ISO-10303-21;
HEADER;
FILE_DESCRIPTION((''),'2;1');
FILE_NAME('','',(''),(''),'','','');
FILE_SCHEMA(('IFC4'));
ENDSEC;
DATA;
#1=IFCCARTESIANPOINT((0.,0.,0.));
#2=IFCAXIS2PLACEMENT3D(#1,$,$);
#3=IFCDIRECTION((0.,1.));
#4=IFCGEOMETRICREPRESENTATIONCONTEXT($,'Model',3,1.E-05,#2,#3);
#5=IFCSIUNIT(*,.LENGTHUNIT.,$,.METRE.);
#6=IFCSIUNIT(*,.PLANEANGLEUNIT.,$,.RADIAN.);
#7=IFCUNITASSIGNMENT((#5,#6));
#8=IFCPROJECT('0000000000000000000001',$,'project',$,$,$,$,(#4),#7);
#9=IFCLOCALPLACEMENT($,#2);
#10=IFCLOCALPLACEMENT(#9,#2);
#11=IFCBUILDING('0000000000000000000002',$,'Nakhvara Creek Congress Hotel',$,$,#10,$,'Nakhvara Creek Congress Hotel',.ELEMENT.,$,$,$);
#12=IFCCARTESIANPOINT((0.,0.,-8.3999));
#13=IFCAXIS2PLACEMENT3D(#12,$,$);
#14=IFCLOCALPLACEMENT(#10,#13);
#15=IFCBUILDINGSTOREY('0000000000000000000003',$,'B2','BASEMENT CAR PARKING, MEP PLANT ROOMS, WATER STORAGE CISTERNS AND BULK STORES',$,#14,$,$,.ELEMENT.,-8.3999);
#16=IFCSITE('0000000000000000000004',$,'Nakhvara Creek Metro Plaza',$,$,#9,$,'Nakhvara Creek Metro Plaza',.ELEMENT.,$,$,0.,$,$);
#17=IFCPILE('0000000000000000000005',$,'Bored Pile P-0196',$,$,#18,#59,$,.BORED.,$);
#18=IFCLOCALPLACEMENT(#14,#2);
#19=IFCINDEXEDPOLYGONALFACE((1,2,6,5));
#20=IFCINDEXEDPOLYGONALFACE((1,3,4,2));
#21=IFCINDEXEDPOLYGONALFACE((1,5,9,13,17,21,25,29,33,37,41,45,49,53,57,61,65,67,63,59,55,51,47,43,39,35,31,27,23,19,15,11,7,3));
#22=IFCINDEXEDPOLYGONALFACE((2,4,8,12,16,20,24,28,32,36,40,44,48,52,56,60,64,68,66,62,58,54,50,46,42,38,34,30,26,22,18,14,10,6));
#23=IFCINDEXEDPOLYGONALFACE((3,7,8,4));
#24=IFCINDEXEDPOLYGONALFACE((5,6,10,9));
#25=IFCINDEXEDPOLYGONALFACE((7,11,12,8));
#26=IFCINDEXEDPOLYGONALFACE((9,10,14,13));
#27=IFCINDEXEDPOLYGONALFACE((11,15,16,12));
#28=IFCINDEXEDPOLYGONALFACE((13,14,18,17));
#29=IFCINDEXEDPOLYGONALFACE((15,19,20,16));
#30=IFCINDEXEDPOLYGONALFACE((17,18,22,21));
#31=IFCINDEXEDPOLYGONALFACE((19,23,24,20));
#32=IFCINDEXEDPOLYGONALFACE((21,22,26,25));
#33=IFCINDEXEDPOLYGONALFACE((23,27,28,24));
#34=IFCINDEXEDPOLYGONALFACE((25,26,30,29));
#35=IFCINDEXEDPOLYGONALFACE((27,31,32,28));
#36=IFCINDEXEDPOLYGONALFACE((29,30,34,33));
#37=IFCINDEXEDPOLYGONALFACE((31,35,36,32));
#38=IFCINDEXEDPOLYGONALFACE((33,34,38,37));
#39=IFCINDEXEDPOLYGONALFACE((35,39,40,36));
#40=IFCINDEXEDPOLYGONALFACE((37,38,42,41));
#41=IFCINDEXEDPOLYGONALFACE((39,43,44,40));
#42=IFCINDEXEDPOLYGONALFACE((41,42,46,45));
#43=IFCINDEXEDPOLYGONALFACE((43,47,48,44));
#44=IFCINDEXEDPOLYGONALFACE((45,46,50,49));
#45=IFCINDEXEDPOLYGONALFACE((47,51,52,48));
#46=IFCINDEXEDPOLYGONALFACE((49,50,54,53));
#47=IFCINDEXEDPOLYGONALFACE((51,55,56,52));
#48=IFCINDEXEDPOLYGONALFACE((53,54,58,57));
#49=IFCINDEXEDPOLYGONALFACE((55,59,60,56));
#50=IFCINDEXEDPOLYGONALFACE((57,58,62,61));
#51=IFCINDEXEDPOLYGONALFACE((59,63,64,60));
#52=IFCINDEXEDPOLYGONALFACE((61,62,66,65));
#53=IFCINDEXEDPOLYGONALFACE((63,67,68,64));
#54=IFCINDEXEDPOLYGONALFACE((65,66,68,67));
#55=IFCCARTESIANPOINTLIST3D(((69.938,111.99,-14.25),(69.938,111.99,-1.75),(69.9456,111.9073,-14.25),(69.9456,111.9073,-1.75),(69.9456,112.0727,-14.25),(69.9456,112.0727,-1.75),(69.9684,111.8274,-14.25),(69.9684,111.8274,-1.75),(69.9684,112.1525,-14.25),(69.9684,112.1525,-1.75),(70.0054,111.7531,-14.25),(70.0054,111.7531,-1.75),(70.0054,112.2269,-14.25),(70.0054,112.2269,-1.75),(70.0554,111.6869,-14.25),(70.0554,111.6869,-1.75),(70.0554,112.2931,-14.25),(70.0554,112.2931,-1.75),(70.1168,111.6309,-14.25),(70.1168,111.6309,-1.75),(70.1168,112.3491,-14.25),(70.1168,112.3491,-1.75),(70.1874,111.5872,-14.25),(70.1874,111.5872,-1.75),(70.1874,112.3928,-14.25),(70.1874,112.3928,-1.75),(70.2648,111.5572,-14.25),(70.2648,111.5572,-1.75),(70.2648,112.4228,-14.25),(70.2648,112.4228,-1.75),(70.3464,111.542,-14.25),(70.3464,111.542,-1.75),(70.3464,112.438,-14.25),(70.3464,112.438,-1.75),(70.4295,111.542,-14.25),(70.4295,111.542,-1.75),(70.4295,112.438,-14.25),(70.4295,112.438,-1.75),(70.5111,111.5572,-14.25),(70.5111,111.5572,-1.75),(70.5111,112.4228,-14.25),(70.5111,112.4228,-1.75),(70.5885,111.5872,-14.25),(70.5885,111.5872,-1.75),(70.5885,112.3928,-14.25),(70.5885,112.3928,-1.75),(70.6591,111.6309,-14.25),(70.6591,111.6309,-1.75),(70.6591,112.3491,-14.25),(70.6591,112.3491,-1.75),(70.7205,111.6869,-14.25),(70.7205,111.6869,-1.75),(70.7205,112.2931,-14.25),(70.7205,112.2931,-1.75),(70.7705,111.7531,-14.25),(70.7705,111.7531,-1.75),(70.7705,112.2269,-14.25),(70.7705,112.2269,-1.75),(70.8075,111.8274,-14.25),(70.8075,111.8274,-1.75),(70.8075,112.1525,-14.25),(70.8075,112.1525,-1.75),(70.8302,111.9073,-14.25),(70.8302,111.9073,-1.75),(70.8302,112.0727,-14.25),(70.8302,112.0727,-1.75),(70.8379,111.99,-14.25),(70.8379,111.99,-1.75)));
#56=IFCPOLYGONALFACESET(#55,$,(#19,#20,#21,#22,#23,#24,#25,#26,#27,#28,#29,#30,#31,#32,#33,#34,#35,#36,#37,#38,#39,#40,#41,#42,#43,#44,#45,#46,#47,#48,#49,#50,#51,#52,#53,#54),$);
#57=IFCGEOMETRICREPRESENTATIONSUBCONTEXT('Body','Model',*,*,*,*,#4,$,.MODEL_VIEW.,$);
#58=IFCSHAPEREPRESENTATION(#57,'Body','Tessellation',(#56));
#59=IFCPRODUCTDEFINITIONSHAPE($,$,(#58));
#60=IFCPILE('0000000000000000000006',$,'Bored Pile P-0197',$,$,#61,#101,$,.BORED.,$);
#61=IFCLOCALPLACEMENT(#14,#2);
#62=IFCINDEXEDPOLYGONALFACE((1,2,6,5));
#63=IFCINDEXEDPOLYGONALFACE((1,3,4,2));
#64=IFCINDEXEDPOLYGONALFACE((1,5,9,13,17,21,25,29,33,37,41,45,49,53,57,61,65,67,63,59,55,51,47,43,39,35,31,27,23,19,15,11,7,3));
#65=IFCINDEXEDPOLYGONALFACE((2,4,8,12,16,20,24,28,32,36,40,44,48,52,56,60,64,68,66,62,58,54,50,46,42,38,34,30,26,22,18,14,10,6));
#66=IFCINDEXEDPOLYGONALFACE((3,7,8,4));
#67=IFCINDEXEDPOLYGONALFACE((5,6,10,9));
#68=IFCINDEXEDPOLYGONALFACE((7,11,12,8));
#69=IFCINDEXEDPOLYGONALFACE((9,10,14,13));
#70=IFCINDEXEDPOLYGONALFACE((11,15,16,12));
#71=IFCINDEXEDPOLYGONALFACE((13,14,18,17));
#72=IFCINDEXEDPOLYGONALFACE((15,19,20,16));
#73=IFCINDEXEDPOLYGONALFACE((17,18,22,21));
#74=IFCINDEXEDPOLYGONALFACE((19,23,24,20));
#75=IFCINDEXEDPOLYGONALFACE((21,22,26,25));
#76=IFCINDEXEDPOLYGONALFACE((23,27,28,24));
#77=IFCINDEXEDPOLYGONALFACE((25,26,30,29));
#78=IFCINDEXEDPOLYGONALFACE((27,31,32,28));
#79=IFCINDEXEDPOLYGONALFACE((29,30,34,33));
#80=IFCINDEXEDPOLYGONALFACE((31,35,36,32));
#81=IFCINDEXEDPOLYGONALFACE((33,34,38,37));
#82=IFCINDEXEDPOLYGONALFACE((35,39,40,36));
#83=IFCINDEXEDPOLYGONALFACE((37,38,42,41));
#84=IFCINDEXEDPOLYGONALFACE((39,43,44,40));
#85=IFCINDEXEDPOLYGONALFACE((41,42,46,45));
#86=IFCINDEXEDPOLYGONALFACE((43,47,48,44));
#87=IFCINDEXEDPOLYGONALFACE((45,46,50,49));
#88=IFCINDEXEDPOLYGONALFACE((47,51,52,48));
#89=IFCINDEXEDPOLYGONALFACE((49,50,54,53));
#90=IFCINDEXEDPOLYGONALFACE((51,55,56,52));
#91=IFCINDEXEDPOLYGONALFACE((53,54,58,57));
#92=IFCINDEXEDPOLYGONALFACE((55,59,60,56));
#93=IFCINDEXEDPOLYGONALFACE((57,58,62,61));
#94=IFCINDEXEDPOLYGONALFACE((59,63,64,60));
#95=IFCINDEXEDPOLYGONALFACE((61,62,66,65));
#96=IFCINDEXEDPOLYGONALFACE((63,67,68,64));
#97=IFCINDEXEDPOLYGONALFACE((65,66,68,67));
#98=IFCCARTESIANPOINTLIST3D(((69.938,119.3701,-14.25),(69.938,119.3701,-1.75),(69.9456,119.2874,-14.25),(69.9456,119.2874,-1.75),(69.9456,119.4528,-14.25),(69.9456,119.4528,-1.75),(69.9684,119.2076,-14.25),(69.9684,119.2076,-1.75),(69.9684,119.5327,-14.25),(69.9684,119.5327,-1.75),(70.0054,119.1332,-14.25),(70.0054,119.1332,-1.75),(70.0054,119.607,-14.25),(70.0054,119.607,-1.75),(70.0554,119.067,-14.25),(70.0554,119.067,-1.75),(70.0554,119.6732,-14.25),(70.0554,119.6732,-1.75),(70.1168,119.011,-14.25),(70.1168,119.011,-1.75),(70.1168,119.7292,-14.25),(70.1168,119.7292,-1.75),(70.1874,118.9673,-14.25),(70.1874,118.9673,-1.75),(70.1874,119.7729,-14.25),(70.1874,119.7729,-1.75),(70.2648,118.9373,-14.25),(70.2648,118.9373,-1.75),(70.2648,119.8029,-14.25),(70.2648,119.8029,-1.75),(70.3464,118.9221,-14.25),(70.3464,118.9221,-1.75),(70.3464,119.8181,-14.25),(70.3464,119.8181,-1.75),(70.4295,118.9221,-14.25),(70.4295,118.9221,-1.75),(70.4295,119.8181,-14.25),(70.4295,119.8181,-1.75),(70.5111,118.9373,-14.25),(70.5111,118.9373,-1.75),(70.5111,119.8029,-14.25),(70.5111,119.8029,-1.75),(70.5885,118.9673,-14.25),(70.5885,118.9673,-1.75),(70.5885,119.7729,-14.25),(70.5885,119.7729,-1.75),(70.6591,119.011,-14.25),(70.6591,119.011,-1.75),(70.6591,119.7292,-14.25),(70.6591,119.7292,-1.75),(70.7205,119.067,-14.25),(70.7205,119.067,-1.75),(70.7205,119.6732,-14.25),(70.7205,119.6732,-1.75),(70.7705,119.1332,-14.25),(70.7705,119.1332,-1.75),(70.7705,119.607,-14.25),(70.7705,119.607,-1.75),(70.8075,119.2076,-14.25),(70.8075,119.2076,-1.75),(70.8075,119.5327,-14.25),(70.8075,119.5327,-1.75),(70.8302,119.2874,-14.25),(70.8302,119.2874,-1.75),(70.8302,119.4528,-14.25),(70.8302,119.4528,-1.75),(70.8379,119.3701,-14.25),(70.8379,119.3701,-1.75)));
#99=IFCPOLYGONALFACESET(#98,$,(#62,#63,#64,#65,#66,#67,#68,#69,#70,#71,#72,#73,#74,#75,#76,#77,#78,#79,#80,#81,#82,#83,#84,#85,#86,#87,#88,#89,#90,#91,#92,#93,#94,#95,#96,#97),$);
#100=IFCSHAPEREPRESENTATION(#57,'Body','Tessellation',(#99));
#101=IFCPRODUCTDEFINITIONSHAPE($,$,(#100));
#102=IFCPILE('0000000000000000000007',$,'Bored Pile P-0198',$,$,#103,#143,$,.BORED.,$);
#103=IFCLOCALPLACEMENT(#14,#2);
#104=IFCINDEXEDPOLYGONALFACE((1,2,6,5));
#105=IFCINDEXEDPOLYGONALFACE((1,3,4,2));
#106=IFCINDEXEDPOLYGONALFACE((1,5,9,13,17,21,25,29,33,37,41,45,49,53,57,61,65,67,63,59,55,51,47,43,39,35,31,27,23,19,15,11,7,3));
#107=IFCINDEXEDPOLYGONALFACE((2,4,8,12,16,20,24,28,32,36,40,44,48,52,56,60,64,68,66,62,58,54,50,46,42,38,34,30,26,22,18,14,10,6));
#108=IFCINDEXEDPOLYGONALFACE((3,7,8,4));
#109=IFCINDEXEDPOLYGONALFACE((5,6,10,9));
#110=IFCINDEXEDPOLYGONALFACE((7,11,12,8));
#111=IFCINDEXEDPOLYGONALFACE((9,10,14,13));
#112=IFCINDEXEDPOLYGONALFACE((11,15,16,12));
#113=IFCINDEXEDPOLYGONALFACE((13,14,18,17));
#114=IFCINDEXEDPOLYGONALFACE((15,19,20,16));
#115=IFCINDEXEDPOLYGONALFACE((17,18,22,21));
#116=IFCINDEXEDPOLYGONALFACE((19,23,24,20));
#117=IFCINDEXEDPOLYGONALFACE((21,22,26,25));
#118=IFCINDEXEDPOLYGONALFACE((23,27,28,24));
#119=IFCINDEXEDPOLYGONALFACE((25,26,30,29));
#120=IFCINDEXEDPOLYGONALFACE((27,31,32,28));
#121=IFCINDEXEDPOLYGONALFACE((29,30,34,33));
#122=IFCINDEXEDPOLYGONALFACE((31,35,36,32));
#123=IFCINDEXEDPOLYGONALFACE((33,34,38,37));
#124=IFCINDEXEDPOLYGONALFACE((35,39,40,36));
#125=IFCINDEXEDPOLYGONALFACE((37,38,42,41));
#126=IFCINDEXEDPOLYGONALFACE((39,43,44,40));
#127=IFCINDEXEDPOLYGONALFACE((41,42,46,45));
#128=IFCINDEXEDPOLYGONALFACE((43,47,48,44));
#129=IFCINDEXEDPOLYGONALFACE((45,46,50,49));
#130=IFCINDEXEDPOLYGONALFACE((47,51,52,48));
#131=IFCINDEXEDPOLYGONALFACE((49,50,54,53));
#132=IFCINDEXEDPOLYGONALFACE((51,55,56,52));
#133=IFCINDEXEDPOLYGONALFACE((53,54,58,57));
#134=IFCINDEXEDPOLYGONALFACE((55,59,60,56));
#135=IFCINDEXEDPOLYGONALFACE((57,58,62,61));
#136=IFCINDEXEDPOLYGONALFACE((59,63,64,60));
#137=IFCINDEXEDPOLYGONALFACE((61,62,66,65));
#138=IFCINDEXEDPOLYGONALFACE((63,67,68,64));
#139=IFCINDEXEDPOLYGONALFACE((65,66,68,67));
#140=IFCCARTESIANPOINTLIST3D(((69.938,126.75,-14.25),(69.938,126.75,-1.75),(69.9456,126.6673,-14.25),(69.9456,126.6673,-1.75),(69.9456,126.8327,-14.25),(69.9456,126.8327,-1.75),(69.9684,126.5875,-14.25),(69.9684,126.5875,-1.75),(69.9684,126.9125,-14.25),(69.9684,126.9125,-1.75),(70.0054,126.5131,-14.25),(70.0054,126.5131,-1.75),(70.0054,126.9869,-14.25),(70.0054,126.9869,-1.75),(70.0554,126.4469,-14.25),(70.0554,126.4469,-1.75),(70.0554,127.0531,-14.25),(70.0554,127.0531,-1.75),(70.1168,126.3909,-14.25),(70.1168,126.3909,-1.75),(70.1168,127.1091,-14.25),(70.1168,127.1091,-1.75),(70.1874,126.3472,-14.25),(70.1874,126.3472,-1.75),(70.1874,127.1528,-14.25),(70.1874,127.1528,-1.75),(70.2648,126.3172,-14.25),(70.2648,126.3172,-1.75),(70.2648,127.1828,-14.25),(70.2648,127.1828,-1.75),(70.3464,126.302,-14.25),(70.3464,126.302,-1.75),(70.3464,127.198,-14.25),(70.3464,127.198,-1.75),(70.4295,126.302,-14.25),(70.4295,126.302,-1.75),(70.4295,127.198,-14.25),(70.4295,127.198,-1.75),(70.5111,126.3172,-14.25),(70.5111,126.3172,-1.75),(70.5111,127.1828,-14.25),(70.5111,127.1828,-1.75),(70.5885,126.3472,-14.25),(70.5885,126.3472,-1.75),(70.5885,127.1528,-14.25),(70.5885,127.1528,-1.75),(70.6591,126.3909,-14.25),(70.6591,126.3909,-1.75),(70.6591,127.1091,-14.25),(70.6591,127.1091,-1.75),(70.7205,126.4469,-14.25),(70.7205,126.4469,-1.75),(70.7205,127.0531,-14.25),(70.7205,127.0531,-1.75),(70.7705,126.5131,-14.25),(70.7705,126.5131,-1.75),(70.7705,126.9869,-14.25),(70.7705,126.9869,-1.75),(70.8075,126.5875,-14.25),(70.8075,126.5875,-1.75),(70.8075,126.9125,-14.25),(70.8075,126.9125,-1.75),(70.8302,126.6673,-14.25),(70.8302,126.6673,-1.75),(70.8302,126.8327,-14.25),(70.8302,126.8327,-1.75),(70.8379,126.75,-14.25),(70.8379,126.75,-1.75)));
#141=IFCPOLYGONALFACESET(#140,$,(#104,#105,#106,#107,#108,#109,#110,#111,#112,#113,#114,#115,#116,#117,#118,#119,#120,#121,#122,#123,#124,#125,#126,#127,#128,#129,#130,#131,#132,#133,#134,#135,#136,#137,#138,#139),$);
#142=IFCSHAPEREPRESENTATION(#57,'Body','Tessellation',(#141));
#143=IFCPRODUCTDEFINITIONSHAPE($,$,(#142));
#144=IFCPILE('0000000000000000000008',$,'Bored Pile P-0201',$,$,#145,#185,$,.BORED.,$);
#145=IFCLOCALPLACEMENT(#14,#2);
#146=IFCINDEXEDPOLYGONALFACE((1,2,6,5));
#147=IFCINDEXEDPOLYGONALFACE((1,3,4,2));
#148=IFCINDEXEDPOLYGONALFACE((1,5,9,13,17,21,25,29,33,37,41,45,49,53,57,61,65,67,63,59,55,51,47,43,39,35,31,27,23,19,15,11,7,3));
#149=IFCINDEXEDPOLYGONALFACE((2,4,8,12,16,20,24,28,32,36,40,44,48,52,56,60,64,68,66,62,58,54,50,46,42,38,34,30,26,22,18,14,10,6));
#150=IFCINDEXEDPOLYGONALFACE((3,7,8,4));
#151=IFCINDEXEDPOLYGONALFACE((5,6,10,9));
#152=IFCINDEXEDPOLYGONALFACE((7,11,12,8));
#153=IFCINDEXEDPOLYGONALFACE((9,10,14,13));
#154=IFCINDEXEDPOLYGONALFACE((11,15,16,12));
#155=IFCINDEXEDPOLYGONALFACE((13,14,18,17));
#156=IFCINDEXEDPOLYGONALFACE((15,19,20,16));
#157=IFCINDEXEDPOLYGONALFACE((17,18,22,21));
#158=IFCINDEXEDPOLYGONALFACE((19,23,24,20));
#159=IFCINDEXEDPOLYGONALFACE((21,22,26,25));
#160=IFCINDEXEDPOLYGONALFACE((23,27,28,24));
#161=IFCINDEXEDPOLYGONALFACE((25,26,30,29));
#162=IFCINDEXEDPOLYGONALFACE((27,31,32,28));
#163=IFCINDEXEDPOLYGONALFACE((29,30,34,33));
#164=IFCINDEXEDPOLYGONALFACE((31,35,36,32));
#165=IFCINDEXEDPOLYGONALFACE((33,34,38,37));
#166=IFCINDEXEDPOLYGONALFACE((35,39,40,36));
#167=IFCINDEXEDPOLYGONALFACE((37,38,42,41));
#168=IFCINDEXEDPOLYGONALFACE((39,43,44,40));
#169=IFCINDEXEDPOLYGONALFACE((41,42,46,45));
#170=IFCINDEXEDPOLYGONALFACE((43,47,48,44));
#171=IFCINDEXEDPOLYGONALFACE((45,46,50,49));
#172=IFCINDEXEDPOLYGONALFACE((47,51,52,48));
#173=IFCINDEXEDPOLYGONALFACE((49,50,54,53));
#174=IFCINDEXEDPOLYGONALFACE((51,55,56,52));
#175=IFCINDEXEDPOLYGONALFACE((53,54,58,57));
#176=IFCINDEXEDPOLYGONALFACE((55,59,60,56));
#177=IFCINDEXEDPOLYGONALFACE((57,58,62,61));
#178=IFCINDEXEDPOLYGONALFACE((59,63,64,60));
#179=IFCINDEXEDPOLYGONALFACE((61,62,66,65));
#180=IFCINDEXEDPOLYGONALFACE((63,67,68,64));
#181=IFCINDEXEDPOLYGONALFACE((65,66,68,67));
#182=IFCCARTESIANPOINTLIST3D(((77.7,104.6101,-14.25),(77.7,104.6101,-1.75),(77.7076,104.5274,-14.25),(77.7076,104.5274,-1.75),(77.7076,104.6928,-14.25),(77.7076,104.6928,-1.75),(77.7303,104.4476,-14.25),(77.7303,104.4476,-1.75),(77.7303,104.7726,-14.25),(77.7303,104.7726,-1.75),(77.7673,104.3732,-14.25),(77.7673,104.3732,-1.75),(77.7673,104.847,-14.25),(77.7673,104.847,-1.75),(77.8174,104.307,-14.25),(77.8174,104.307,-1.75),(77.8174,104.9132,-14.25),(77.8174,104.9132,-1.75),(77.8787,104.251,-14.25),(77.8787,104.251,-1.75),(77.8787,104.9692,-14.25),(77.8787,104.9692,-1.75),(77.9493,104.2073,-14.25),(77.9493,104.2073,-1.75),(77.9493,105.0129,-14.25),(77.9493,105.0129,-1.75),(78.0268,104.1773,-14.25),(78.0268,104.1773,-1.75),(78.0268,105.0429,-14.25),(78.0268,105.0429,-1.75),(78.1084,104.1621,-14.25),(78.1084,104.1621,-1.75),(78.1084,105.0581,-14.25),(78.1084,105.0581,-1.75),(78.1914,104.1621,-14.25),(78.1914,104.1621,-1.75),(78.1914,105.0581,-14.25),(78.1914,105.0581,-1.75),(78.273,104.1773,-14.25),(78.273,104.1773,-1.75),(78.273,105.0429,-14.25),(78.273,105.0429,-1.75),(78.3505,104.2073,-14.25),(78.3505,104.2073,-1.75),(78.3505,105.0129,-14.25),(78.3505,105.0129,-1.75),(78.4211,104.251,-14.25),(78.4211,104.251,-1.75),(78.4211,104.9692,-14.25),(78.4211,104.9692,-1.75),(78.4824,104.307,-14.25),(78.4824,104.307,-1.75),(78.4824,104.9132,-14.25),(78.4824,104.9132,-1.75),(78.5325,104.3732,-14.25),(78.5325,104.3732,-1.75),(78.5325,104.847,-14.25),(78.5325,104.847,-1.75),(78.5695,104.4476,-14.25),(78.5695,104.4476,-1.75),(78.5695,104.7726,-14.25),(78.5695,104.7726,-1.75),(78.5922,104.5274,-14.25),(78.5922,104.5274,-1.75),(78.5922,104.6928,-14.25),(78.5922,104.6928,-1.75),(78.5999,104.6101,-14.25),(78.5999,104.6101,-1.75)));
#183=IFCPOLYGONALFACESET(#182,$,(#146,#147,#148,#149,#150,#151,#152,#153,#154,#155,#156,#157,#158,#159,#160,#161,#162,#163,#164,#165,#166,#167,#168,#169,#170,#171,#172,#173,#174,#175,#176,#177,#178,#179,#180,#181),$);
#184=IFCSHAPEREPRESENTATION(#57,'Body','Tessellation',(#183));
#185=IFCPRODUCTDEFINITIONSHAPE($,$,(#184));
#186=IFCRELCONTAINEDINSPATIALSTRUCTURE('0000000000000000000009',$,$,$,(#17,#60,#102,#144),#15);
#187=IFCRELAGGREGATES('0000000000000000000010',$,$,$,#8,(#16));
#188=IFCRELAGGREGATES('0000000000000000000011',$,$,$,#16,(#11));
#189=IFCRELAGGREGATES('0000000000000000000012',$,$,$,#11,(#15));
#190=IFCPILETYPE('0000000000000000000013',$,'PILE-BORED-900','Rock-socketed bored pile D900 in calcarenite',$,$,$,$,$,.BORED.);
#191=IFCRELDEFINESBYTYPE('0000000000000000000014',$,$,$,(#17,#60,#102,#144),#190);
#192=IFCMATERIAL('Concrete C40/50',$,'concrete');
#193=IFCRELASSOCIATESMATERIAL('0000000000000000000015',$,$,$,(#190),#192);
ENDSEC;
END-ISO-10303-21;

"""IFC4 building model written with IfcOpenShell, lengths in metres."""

from ifc_helpers import new_model, si_unit, direction, frame, origin, origin_2d, place, context, subcontext, project, spatial, circle, extrude, material, material_profile, profile_set, type_object, element, save


model = new_model("IFC4")

# Units and contexts
model_context = context("Model", 3, precision=1e-05, world=origin(), true_north=direction((0.0, 1.0)))
body_context = subcontext(model_context, "Body", "Model", "MODEL_VIEW")
ifc_project = project(units=[si_unit("LENGTHUNIT", "METRE"), si_unit("PLANEANGLEUNIT", "RADIAN")], contexts=[model_context])

# Site, building, storey
site_placement = place(None, origin())
site = spatial("IfcSite", under=ifc_project, at=site_placement, Name="Nakhvara Creek Metro Plaza", LongName="Nakhvara Creek Metro Plaza", CompositionType="ELEMENT", RefElevation=0.0)
building_placement = place(site_placement, origin())
building = spatial("IfcBuilding", under=site, at=building_placement, Name="Nakhvara Creek Congress Hotel", LongName="Nakhvara Creek Congress Hotel", CompositionType="ELEMENT")
storey_placement = place(building_placement, frame((0.0, 0.0, -8.3999)))
storey = spatial("IfcBuildingStorey", under=building, at=storey_placement, Name="B2", Description="BASEMENT CAR PARKING, MEP PLANT ROOMS, WATER STORAGE CISTERNS AND BULK STORES", CompositionType="ELEMENT", Elevation=-8.3999)

# Shared definitions
ifc_material_1 = material(Name="Concrete C40/50", Category="concrete")

# Piles
ifc_material_profile_1 = material_profile(ifc_material_1, circle(Radius=0.45, at=origin_2d()), Name="BORED PILE D900", Category="LoadBearing")
ifc_profile_set_1 = profile_set([ifc_material_profile_1], Name="Concrete C40/50")
pile_type = type_object("IfcPileType", Name="PILE-BORED-900", Description="Rock-socketed bored pile D900 in calcarenite", PredefinedType="BORED", material=ifc_profile_set_1)
for number, where, z_axis, x_axis, name in (
    (1, (70.3879, 111.99, -1.75), (0.0, 0.0, -1.0), (1.0, 0.0, 0.0), "Bored Pile P-0196"),
    (2, (70.3879, 119.3701, -1.75), (0.0, 0.0, -1.0), (1.0, 0.0, 0.0), "Bored Pile P-0197"),
    (3, (70.3879, 126.75, -1.75), (0.0, 0.0, -1.0), (1.0, 0.0, 0.0), "Bored Pile P-0198"),
    (4, (78.1499, 104.6101, -1.75), (0.0, 0.0, -1.0), (1.0, 0.0, 0.0), "Bored Pile P-0201"),
):
    element("IfcPile", number, at=place(storey_placement, frame(where, z_axis=z_axis, x_axis=x_axis)), inside=storey, type_object=pile_type, Name=name, PredefinedType="BORED", context=body_context, shape_type="SweptSolid", body=[
        extrude(circle(Radius=0.45, at=origin_2d()), origin(), (0.0, 0.0, 1.0), 12.5),
    ])

save(model, "model.ifc")
